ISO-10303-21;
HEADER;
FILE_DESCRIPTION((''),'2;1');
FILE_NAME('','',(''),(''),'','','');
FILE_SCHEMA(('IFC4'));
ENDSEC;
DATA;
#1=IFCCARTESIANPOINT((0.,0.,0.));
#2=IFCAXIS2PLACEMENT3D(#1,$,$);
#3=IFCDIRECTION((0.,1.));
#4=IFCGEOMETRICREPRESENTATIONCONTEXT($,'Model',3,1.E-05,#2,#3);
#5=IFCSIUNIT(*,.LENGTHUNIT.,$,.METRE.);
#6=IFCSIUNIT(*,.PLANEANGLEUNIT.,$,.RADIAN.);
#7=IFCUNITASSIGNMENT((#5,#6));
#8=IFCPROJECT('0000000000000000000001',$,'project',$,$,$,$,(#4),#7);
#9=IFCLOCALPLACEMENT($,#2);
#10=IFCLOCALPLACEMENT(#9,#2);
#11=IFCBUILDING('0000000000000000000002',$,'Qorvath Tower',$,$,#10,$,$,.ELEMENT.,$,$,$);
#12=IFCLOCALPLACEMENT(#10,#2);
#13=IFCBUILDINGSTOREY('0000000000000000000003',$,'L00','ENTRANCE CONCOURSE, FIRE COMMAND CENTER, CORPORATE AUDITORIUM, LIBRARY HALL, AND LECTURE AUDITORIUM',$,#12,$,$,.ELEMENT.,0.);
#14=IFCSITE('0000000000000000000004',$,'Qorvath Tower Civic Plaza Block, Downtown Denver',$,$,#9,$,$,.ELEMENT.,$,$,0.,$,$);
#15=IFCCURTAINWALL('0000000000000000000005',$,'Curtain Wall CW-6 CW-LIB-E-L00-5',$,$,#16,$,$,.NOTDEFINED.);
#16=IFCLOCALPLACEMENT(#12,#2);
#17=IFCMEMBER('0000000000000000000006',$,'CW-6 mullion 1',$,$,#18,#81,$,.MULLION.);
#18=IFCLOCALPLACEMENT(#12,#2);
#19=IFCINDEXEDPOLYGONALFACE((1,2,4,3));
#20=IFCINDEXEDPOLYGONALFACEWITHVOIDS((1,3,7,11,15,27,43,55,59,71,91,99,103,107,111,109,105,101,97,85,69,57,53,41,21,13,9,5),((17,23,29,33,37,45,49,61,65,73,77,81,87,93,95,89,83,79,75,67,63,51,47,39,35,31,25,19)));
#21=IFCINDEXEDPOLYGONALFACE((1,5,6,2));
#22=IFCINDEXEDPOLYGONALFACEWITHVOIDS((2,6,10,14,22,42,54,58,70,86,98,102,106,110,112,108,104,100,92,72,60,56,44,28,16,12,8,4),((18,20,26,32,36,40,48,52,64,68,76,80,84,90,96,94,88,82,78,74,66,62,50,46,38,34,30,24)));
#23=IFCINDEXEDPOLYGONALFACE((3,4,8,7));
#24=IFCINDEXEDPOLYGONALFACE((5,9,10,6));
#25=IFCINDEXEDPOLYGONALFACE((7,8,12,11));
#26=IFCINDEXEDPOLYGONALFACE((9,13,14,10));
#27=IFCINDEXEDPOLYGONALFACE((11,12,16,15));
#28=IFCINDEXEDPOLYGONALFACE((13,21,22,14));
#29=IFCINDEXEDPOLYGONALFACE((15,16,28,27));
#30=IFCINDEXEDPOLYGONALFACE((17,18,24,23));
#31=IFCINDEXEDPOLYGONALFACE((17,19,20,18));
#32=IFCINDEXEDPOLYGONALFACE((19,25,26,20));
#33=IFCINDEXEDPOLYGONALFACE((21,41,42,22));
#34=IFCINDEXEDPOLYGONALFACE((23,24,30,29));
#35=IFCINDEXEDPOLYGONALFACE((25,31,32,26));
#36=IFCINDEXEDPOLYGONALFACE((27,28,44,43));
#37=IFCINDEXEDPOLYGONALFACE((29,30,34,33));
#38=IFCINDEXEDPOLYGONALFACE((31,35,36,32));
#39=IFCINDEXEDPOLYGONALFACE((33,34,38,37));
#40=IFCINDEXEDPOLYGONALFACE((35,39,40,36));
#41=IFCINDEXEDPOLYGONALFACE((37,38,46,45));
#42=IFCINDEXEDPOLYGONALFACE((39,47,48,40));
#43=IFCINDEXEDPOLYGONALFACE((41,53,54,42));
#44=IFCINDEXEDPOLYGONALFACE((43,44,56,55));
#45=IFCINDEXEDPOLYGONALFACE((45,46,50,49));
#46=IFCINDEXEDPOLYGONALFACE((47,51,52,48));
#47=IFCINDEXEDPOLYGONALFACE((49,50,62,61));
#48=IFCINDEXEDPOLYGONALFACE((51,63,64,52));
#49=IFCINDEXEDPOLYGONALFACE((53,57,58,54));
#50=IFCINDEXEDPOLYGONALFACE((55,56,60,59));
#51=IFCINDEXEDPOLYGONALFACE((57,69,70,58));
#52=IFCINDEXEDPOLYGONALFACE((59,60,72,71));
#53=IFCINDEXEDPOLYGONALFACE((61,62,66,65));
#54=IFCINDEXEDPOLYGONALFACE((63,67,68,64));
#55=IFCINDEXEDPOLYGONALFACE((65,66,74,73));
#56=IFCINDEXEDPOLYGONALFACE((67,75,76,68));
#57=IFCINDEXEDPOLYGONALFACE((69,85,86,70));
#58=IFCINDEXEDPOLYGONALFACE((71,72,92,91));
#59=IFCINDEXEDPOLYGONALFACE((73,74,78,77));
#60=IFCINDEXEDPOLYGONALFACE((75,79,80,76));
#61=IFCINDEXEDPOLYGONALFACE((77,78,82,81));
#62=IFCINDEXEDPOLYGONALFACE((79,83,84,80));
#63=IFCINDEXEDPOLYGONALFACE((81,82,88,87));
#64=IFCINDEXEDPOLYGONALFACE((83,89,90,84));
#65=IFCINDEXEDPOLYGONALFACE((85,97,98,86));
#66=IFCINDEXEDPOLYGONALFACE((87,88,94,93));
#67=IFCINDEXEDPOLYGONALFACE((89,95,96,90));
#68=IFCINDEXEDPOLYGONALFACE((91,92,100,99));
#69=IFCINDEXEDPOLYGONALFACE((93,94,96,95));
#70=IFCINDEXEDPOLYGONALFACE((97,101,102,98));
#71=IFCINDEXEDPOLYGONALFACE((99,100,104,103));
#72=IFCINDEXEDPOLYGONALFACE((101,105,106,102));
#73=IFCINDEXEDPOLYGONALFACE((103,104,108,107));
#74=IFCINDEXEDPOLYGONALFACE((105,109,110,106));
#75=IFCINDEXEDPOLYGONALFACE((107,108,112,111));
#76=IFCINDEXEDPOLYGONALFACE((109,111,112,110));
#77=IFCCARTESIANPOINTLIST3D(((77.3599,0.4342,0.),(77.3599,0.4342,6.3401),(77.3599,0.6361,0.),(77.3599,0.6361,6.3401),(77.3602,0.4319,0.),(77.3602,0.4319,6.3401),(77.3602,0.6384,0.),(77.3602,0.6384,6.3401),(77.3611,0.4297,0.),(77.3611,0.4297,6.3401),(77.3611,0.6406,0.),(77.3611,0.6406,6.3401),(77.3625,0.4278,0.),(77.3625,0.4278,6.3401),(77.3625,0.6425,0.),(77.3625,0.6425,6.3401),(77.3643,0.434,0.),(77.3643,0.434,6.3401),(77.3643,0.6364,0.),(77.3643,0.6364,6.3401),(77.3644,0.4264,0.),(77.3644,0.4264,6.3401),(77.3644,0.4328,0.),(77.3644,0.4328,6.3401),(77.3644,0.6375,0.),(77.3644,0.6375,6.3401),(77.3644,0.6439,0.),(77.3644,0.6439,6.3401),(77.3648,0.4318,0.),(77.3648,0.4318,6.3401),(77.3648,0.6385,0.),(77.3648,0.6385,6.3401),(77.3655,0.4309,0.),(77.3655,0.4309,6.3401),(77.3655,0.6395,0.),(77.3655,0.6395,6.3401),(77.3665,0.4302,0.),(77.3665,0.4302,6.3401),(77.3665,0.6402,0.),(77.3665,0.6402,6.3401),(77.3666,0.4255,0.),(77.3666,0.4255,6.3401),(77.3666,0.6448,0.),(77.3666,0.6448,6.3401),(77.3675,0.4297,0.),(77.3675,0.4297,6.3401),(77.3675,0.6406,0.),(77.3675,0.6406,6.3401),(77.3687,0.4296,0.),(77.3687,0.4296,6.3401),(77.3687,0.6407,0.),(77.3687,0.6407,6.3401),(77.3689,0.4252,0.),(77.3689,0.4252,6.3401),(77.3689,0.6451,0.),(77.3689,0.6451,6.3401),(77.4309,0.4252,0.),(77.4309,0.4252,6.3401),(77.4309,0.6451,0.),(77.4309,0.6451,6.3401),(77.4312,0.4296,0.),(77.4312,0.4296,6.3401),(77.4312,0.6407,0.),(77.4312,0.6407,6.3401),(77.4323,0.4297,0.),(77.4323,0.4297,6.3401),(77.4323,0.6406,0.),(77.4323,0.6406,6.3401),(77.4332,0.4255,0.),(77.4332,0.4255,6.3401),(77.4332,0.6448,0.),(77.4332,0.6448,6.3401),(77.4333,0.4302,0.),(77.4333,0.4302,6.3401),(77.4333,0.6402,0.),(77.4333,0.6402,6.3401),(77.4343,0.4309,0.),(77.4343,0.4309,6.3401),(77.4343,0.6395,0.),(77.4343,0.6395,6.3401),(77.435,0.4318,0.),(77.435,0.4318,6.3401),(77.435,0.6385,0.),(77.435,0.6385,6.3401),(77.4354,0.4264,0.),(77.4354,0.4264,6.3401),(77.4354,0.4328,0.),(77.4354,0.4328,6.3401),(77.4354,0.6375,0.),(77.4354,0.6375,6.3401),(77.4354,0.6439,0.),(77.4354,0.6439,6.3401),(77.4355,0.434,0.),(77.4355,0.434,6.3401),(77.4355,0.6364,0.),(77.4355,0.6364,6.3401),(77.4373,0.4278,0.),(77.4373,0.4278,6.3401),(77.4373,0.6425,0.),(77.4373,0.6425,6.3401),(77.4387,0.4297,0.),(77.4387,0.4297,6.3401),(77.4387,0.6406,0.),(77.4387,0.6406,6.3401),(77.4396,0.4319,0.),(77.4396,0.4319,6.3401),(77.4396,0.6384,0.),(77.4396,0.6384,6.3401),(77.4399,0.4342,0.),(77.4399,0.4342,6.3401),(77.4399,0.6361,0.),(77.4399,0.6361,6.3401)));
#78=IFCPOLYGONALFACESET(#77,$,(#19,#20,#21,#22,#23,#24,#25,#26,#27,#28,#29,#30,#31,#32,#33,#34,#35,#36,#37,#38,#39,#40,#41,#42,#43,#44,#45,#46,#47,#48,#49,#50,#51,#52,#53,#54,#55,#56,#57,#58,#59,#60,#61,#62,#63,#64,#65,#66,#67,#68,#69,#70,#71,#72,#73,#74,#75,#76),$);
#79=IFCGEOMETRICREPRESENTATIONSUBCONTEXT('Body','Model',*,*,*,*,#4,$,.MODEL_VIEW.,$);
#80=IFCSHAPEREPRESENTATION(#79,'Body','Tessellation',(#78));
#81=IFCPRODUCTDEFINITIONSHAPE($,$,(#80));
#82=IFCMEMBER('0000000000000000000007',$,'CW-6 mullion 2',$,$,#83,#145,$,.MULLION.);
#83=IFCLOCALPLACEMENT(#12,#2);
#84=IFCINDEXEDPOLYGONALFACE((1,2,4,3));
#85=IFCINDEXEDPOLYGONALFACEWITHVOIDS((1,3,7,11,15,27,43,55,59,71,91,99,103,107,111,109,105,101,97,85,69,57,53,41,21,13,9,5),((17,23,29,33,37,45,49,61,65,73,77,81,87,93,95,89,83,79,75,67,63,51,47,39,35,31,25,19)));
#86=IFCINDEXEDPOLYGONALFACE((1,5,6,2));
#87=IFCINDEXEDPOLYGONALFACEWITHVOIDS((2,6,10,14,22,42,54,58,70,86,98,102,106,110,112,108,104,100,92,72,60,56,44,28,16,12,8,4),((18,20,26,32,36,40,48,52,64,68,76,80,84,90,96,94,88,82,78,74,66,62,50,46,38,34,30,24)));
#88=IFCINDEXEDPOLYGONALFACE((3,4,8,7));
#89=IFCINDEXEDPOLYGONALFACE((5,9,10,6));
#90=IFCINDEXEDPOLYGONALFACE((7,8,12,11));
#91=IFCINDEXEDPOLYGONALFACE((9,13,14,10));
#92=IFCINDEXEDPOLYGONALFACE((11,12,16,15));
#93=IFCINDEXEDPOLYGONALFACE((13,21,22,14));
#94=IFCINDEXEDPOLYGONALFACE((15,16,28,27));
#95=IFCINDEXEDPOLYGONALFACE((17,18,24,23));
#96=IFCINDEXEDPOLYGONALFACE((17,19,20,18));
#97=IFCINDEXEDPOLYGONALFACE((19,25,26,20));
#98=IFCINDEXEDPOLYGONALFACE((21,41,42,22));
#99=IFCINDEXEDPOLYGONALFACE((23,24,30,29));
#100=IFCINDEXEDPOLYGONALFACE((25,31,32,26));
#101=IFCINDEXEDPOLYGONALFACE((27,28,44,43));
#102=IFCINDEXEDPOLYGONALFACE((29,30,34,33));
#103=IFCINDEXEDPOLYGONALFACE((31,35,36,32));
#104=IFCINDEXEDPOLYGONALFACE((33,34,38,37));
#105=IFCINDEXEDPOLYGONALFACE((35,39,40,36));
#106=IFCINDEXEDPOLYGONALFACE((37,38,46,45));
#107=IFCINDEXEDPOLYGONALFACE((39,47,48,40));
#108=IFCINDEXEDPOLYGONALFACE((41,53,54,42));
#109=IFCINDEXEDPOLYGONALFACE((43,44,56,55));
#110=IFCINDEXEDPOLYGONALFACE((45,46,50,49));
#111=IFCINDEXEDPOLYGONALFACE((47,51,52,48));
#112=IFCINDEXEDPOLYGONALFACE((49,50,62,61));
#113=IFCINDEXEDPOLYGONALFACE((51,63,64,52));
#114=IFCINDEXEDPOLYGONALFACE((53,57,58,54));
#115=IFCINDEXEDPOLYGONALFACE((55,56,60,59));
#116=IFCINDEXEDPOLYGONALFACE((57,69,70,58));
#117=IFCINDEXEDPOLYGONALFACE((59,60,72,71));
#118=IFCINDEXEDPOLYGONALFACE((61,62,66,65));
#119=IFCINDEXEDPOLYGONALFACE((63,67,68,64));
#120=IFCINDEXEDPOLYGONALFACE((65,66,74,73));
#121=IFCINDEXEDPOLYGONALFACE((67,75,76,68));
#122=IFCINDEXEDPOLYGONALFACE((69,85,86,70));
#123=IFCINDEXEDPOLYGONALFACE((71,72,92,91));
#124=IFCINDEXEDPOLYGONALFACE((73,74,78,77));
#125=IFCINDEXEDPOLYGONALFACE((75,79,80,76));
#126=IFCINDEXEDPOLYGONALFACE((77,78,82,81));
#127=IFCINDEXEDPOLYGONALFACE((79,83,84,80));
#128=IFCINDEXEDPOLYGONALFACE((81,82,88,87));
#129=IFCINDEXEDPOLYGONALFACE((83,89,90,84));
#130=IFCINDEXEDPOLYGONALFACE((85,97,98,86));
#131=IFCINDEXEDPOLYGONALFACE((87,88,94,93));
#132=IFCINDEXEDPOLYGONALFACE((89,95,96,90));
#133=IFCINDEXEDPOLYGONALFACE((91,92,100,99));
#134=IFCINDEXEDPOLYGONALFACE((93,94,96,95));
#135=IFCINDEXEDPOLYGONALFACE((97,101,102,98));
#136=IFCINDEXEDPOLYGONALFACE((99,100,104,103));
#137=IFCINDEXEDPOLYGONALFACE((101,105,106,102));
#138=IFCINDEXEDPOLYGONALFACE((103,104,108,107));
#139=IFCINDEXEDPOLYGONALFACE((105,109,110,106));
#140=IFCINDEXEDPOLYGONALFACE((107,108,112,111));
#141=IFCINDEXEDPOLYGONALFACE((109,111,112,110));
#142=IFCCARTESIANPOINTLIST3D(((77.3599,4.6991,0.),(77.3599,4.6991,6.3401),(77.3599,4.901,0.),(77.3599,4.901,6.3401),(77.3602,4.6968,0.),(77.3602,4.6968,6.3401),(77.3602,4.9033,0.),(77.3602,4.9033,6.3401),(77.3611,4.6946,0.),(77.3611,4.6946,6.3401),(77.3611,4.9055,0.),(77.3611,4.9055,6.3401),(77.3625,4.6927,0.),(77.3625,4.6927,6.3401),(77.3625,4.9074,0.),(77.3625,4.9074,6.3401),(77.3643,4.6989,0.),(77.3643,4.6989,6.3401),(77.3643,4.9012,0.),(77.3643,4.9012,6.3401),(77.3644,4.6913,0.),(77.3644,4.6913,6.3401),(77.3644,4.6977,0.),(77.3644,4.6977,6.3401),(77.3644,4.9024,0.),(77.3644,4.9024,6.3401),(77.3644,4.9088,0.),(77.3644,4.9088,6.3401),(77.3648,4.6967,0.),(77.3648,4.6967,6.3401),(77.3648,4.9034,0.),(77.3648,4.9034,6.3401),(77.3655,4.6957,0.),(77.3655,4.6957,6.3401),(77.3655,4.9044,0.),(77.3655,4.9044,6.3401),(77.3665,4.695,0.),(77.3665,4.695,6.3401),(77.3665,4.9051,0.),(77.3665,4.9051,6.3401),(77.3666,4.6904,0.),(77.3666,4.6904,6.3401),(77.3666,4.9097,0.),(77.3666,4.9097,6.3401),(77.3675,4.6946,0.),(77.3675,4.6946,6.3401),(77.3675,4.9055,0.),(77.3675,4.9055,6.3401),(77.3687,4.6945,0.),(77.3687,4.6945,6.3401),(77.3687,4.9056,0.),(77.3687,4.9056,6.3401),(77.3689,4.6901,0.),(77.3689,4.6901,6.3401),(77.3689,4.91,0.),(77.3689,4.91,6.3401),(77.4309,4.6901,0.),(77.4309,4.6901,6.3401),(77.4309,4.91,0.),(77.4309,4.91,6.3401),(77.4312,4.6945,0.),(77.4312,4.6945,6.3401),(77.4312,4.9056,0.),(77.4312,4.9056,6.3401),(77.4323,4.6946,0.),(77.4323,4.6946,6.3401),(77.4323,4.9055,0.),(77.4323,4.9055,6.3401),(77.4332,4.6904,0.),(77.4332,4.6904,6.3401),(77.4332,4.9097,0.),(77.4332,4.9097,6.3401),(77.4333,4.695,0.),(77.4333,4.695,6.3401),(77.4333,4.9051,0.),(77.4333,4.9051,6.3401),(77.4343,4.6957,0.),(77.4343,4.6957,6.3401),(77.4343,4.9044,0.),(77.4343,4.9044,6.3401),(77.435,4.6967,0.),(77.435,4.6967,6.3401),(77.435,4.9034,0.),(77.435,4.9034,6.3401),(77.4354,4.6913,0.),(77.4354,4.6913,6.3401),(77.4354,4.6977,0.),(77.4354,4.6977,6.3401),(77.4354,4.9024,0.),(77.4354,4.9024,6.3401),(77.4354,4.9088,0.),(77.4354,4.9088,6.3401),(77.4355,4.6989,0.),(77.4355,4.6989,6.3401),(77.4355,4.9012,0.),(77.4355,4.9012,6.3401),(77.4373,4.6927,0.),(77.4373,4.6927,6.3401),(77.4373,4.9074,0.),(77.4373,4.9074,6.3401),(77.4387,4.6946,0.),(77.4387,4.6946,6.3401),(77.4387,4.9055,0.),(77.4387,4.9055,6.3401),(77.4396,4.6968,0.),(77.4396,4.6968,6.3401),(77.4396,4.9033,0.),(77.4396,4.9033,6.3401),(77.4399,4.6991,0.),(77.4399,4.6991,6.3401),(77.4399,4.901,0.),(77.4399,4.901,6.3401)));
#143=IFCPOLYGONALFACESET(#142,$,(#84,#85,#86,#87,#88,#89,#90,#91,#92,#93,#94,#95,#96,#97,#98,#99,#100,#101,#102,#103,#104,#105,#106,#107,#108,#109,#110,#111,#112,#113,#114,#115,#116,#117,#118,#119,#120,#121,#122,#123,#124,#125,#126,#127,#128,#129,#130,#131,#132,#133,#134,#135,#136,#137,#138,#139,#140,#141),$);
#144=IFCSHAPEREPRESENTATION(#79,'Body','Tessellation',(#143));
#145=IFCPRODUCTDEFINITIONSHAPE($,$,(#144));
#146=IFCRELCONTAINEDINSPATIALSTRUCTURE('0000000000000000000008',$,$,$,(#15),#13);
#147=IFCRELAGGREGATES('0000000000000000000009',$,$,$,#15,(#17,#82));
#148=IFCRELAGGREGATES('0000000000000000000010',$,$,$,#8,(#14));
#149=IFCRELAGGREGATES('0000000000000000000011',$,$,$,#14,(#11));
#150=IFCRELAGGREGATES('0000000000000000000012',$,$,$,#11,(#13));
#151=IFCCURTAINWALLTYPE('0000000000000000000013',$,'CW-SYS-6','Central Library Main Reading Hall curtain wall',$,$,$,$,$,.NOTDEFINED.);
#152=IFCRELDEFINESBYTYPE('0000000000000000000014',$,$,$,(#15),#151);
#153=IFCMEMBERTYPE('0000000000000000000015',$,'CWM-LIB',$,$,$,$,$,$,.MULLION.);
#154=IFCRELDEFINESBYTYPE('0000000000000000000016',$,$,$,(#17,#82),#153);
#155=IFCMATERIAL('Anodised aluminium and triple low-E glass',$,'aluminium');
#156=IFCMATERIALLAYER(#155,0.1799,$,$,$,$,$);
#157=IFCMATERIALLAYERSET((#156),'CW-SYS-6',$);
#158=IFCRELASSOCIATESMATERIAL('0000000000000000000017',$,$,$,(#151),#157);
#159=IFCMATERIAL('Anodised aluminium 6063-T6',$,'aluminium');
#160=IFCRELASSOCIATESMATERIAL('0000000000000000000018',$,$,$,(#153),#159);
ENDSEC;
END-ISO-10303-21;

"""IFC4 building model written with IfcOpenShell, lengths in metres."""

from ifc_helpers import new_model, si_unit, direction, frame, origin, origin_2d, place, context, subcontext, project, spatial, hollow_rectangle, extrude, material, layer, layer_set, material_profile, profile_set, type_object, element, aggregate, save


model = new_model("IFC4")

# Units and contexts
model_context = context("Model", 3, precision=1e-05, world=origin(), true_north=direction((0.0, 1.0)))
body_context = subcontext(model_context, "Body", "Model", "MODEL_VIEW")
ifc_project = project(units=[si_unit("LENGTHUNIT", "METRE"), si_unit("PLANEANGLEUNIT", "RADIAN")], contexts=[model_context])

# Site, building, storey
site_placement = place(None, origin())
site = spatial("IfcSite", under=ifc_project, at=site_placement, Name="Qorvath Tower Civic Plaza Block, Downtown Denver", CompositionType="ELEMENT", RefElevation=0.0)
building_placement = place(site_placement, origin())
building = spatial("IfcBuilding", under=site, at=building_placement, Name="Qorvath Tower", CompositionType="ELEMENT")
storey_placement = place(building_placement, origin())
storey = spatial("IfcBuildingStorey", under=building, at=storey_placement, Name="L00", Description="ENTRANCE CONCOURSE, FIRE COMMAND CENTER, CORPORATE AUDITORIUM, LIBRARY HALL, AND LECTURE AUDITORIUM", CompositionType="ELEMENT", Elevation=0.0)

# Curtain wall, members
ifc_material_1 = material(Name="Anodised aluminium and triple low-E glass", Category="aluminium")
ifc_layer_1 = layer(ifc_material_1, 0.1799)
ifc_layer_set_1 = layer_set([ifc_layer_1], Name="CW-SYS-6")
curtain_wall_type = type_object("IfcCurtainWallType", Name="CW-SYS-6", Description="Central Library Main Reading Hall curtain wall", PredefinedType="NOTDEFINED", material=ifc_layer_set_1)
curtain_wall_1_placement = place(storey_placement, origin())
curtain_wall_1 = element("IfcCurtainWall", 1, at=curtain_wall_1_placement, inside=storey, type_object=curtain_wall_type, Name="Curtain Wall CW-6 CW-LIB-E-L00-5", PredefinedType="NOTDEFINED")
ifc_material_2 = material(Name="Anodised aluminium 6063-T6", Category="aluminium")
ifc_material_profile_1 = material_profile(ifc_material_2, hollow_rectangle(XDim=0.0801, YDim=0.22, WallThickness=0.0044, InnerFilletRadius=0.0044, OuterFilletRadius=0.009, at=origin_2d()), Name="CWM LIB 220x80")
ifc_profile_set_1 = profile_set([ifc_material_profile_1], Name="Anodised aluminium 6063-T6")
member_type_1 = type_object("IfcMemberType", Name="CWM-LIB", PredefinedType="MULLION", material=ifc_profile_set_1)
member_1_placement = place(storey_placement, frame((77.3999, 0.5352, 0.0), z_axis=(0.0, 0.0, 1.0), x_axis=(-1.0, 0.0, 0.0)))
member_1 = element("IfcMember", 2, at=member_1_placement, type_object=member_type_1, Name="CW-6 mullion 1", PredefinedType="MULLION", context=body_context, shape_type="SweptSolid", body=[
    extrude(hollow_rectangle(XDim=0.0801, YDim=0.22, WallThickness=0.0044, InnerFilletRadius=0.0044, OuterFilletRadius=0.009, at=origin_2d()), origin(), (0.0, 0.0, 1.0), 6.3401),
])
member_2_placement = place(storey_placement, frame((77.3999, 4.8, 0.0), z_axis=(0.0, 0.0, 1.0), x_axis=(-1.0, 0.0, 0.0)))
member_2 = element("IfcMember", 3, at=member_2_placement, type_object=member_type_1, Name="CW-6 mullion 2", PredefinedType="MULLION", context=body_context, shape_type="SweptSolid", body=[
    extrude(hollow_rectangle(XDim=0.0801, YDim=0.22, WallThickness=0.0044, InnerFilletRadius=0.0044, OuterFilletRadius=0.009, at=origin_2d()), origin(), (0.0, 0.0, 1.0), 6.3401),
])

aggregate(curtain_wall_1, [member_1, member_2])

save(model, "model.ifc")
